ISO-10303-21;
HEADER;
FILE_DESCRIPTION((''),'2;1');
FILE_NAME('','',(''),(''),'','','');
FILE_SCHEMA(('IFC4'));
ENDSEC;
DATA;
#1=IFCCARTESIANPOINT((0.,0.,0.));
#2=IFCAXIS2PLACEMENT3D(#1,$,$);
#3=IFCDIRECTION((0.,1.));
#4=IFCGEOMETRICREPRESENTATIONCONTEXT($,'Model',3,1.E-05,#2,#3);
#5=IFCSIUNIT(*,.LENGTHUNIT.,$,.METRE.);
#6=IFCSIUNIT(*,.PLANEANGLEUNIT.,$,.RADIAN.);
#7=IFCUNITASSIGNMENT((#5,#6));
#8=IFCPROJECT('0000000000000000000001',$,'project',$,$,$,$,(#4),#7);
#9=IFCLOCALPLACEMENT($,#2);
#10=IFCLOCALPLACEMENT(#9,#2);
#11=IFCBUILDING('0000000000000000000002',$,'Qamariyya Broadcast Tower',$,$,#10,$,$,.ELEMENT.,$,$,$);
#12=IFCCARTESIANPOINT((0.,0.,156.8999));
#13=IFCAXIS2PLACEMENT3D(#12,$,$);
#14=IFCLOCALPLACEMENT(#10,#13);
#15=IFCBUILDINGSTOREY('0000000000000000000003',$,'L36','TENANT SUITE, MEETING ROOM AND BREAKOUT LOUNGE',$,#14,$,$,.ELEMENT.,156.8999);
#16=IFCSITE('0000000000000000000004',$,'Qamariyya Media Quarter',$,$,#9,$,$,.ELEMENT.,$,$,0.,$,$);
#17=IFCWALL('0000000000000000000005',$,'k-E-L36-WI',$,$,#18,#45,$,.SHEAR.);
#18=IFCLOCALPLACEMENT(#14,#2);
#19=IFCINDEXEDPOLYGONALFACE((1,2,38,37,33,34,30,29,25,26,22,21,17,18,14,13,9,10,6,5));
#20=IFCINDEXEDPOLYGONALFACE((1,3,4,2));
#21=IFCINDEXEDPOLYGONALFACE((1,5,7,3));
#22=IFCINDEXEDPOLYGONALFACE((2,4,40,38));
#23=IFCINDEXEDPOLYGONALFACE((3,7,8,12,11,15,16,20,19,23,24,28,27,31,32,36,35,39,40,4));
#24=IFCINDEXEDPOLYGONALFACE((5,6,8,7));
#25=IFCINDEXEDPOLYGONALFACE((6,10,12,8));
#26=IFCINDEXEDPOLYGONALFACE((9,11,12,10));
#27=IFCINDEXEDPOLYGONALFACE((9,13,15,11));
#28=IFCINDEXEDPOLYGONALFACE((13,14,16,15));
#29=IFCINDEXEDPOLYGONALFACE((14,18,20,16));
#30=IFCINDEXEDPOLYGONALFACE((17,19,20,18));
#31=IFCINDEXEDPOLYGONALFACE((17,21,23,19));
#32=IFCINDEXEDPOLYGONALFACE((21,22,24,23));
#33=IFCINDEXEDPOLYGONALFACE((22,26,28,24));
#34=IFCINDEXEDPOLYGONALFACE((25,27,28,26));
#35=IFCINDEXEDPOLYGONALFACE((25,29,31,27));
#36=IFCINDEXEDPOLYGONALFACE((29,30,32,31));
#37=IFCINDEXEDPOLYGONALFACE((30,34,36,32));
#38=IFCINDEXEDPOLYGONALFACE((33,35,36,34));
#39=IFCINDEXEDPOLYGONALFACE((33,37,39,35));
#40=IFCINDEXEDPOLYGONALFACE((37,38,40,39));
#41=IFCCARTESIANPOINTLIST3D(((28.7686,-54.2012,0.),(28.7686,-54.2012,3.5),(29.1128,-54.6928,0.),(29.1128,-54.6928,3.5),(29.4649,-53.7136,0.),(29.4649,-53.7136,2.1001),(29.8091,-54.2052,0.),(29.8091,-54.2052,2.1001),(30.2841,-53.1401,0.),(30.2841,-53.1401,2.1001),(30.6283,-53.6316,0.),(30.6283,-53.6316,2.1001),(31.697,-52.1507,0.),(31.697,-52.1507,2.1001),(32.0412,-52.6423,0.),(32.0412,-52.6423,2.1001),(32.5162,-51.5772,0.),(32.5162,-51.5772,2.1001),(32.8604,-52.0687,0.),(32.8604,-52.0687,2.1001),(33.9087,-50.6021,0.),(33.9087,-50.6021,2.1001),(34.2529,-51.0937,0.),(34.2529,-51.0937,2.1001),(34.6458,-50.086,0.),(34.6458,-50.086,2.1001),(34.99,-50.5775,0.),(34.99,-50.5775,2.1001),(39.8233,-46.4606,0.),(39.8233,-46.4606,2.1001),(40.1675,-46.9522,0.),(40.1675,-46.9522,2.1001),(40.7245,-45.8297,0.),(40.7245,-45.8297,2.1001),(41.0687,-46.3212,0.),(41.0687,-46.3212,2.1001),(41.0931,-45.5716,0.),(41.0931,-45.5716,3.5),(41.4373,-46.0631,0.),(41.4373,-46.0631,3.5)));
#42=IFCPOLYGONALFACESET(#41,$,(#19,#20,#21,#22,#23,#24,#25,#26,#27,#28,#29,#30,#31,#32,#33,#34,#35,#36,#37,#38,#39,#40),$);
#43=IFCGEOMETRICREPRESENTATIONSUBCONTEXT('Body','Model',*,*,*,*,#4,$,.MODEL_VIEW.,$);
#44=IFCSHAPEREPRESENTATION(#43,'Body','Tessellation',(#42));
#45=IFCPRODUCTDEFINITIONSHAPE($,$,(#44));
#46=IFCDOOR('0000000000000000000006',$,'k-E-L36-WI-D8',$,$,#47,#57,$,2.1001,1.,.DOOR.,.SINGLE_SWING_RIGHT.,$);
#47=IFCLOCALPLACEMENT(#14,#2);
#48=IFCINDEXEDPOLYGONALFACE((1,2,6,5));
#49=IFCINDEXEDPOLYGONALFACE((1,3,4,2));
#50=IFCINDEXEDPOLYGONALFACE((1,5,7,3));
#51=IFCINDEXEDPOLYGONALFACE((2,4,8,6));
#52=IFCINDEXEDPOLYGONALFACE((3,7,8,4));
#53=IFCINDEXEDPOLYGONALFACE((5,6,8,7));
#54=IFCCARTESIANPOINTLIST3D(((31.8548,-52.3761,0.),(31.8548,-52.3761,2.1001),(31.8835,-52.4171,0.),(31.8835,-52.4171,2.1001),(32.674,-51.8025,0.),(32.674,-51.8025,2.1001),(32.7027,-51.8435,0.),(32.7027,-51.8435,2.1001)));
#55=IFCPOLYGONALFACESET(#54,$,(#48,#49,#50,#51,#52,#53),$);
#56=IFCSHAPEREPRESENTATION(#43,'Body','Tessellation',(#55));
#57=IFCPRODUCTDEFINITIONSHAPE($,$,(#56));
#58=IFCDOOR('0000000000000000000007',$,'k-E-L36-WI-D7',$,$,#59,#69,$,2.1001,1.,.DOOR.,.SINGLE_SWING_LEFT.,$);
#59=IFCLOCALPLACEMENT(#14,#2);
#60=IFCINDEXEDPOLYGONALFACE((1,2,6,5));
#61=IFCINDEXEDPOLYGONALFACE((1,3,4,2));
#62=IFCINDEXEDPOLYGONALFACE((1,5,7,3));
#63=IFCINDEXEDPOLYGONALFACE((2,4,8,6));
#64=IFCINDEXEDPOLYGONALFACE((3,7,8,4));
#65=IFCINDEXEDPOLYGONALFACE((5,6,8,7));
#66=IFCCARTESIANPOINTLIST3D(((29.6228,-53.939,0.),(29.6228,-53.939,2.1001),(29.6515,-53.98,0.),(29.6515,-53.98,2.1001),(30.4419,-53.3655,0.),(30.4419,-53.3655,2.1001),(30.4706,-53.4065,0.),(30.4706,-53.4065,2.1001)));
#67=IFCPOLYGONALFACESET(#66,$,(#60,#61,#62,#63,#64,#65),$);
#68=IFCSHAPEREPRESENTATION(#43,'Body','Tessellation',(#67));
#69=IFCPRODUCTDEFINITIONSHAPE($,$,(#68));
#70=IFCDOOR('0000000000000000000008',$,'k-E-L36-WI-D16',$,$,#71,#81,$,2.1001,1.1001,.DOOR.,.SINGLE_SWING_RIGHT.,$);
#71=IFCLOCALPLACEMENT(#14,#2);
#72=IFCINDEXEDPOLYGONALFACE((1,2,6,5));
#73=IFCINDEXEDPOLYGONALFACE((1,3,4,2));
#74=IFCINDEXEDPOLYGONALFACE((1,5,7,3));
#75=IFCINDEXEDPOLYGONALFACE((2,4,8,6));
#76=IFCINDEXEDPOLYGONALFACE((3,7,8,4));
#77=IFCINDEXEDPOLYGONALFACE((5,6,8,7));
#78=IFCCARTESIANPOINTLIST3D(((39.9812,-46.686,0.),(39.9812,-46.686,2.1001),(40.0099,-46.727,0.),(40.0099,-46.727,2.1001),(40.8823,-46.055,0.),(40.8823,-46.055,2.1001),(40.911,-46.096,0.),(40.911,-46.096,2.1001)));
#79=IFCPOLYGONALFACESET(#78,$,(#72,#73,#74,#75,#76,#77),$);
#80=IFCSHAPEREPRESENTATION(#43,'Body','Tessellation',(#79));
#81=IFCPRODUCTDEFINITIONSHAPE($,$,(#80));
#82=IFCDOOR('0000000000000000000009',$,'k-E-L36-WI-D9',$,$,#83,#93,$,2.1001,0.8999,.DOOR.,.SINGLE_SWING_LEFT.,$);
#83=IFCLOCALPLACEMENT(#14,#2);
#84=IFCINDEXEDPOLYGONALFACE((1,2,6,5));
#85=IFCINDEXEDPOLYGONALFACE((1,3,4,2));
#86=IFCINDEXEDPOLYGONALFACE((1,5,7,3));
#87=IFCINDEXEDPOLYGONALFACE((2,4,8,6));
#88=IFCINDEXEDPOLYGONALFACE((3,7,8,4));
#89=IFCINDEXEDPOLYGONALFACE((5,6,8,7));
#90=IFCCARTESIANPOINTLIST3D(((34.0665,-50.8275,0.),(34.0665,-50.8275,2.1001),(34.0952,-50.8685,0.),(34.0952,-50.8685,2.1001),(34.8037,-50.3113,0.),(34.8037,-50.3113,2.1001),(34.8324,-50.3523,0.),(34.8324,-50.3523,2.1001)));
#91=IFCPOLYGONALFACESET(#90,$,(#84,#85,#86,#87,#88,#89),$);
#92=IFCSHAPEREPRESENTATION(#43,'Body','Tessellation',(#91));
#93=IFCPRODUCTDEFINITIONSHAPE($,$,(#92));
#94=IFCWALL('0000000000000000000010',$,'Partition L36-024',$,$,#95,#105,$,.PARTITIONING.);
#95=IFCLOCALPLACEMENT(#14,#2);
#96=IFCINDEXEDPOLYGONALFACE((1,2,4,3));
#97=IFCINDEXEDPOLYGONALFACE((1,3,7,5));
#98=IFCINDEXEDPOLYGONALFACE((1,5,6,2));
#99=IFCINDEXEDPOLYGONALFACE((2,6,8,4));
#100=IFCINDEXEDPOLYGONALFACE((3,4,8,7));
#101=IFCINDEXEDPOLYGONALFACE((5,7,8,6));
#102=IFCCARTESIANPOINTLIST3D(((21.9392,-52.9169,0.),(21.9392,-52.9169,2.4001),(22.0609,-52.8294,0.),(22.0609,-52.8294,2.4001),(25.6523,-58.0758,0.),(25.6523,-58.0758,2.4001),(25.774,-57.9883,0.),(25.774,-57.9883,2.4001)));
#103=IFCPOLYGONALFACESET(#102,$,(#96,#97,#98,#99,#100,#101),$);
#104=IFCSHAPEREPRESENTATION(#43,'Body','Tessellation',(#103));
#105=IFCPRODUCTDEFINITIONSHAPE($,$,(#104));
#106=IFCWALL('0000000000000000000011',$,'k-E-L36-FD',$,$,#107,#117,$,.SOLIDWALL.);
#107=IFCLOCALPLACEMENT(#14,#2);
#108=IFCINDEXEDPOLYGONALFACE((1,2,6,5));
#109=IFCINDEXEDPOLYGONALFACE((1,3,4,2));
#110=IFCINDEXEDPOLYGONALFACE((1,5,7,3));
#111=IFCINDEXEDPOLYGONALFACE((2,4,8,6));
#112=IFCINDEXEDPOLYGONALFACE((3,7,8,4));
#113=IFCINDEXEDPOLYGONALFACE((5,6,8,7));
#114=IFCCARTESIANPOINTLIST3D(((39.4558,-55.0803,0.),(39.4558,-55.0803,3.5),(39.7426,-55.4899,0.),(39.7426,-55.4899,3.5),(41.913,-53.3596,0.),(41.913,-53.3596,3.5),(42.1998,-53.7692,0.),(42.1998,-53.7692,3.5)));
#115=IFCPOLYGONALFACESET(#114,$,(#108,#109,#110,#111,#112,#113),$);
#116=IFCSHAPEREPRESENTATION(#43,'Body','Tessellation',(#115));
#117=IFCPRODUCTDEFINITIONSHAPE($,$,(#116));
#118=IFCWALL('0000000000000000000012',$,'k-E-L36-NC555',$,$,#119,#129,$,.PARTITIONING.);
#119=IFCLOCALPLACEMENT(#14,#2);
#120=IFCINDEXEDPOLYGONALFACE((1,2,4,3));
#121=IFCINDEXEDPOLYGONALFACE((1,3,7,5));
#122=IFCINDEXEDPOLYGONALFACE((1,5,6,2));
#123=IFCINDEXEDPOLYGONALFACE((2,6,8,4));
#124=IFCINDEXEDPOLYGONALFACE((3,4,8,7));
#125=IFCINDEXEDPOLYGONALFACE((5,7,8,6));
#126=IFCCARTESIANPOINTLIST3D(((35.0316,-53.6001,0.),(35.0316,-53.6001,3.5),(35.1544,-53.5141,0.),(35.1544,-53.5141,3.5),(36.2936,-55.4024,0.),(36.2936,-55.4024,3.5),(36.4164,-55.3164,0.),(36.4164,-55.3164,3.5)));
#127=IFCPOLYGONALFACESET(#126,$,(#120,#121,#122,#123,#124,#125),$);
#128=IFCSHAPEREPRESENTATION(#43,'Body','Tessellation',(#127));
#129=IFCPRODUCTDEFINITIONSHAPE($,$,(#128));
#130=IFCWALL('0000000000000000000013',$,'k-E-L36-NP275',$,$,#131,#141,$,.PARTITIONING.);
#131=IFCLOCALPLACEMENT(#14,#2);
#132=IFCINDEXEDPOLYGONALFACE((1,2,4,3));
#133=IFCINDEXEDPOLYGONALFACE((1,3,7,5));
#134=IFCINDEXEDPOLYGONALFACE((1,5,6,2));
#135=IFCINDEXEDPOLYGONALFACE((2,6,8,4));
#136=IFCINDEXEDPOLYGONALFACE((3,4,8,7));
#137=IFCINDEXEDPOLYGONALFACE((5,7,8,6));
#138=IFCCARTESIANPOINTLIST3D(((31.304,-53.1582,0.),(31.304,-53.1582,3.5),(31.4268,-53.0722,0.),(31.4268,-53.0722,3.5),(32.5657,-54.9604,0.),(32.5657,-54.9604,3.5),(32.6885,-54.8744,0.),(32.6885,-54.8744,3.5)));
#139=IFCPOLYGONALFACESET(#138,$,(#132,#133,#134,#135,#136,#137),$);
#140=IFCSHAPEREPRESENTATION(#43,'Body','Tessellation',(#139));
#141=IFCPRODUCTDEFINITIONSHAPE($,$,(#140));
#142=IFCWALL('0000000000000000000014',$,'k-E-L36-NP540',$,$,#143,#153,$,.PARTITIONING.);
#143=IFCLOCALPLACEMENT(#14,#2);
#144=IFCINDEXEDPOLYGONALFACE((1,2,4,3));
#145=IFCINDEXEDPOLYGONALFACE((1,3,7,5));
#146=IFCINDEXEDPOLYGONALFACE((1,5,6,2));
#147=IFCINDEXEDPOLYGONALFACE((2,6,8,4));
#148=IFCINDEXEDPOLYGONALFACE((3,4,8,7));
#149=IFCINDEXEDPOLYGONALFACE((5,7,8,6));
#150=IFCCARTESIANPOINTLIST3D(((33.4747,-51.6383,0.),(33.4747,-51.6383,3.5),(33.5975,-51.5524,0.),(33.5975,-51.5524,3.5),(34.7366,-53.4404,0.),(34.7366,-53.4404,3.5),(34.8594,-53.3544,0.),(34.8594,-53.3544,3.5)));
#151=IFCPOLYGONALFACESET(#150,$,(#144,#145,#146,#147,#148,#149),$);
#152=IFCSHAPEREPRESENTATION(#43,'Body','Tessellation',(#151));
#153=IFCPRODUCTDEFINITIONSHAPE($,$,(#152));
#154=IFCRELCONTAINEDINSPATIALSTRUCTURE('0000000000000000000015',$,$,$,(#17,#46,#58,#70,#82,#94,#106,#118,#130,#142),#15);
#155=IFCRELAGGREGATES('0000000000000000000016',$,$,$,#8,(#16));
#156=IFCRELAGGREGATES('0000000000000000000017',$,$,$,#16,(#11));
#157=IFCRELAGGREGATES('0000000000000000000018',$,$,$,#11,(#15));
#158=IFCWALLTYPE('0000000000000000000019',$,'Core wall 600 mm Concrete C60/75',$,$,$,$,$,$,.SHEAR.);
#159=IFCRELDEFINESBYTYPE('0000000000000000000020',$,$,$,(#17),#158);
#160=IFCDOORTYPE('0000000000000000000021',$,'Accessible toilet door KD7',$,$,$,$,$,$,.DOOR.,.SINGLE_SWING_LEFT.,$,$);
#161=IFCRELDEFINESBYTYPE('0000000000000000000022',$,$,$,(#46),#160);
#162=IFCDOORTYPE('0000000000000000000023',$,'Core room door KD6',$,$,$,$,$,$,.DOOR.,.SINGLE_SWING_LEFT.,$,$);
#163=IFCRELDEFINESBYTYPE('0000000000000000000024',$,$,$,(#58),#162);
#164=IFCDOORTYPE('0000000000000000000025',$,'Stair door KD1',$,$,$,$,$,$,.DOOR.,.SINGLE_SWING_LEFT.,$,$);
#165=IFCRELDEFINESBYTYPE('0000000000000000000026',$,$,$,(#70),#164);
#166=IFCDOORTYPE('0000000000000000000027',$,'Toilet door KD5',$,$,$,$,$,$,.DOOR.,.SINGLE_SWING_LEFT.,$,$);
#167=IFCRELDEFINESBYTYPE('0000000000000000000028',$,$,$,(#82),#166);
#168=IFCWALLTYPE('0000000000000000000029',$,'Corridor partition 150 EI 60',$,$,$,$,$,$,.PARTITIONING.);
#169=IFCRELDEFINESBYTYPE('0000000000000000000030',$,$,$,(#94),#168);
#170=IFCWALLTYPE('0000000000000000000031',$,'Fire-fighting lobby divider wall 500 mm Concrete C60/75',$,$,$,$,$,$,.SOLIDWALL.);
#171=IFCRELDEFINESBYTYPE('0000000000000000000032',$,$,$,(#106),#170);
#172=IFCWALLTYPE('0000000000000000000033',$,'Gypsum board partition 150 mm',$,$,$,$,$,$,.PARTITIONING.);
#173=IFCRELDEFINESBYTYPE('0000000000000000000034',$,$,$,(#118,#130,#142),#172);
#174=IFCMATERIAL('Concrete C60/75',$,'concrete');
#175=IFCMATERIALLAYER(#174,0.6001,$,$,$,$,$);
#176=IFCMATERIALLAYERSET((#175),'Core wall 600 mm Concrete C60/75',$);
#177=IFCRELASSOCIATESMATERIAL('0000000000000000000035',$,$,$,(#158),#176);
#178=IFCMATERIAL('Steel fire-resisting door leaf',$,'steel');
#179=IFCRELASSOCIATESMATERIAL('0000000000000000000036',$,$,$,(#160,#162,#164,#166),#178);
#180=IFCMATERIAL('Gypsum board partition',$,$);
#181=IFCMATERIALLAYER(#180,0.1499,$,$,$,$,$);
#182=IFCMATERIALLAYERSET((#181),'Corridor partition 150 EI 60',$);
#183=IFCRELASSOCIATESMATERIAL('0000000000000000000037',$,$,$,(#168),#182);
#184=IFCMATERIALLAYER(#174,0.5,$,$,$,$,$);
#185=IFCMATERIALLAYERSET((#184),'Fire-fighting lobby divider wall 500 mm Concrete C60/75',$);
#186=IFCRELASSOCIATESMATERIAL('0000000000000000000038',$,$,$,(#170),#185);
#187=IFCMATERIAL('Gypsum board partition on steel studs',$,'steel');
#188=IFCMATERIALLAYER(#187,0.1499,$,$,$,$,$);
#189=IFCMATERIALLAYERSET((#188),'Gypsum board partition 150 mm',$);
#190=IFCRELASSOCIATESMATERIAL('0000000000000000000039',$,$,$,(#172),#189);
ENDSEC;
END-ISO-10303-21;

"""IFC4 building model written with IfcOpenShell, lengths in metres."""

from ifc_helpers import new_model, si_unit, direction, frame, frame_2d, origin, place, context, subcontext, project, spatial, rectangle, extrude, material, layer, layer_set, type_object, element, fill, save


model = new_model("IFC4")

# Units and contexts
model_context = context("Model", 3, precision=1e-05, world=origin(), true_north=direction((0.0, 1.0)))
body_context = subcontext(model_context, "Body", "Model", "MODEL_VIEW")
ifc_project = project(units=[si_unit("LENGTHUNIT", "METRE"), si_unit("PLANEANGLEUNIT", "RADIAN")], contexts=[model_context])

# Site, building, storey
site_placement = place(None, origin())
site = spatial("IfcSite", under=ifc_project, at=site_placement, Name="Qamariyya Media Quarter", CompositionType="ELEMENT", RefElevation=0.0)
building_placement = place(site_placement, origin())
building = spatial("IfcBuilding", under=site, at=building_placement, Name="Qamariyya Broadcast Tower", CompositionType="ELEMENT")
storey_placement = place(building_placement, frame((0.0, 0.0, 156.8999)))
storey = spatial("IfcBuildingStorey", under=building, at=storey_placement, Name="L36", Description="TENANT SUITE, MEETING ROOM AND BREAKOUT LOUNGE", CompositionType="ELEMENT", Elevation=156.8999)

# Shared definitions
ifc_material_1 = material(Name="Concrete C60/75", Category="concrete")

# Wall, openings, doors
ifc_layer_1 = layer(ifc_material_1, 0.6001)
ifc_layer_set_1 = layer_set([ifc_layer_1], Name="Core wall 600 mm Concrete C60/75")
wall_type_1 = type_object("IfcWallType", Name="Core wall 600 mm Concrete C60/75", PredefinedType="SHEAR", material=ifc_layer_set_1)
wall_1_placement = place(storey_placement, frame((28.9407, -54.447, 0.0), z_axis=(0.0, 0.0, 1.0), x_axis=(0.819153, 0.573575, 0.0)))
wall_1 = element("IfcWall", 1, at=wall_1_placement, inside=storey, type_object=wall_type_1, Name="k-E-L36-WI", PredefinedType="SHEAR", context=body_context, shape_type="SweptSolid", body=[
    extrude(rectangle(XDim=15.0454, YDim=0.6001, at=frame_2d((7.5227, 0.0))), origin(), (0.0, 0.0, 1.0), 3.5),
])
opening_1_placement = place(wall_1_placement, frame((0.8501, 0.0, 0.0)))
opening_1 = element("IfcOpeningElement", 2, at=opening_1_placement, cuts=wall_1, PredefinedType="OPENING", context=body_context, shape_type="SweptSolid", body=[
    extrude(rectangle(XDim=1.0, YDim=2.1001, at=frame_2d((0.5, 1.05))), frame((0.0, 0.3101, 0.0), z_axis=(0.0, -1.0, 0.0), x_axis=(1.0, 0.0, 0.0)), (0.0, 0.0, 1.0), 0.6201),
])
opening_2_placement = place(wall_1_placement, frame((3.575, 0.0, 0.0)))
opening_2 = element("IfcOpeningElement", 3, at=opening_2_placement, cuts=wall_1, PredefinedType="OPENING", context=body_context, shape_type="SweptSolid", body=[
    extrude(rectangle(XDim=1.0, YDim=2.1001, at=frame_2d((0.5, 1.05))), frame((0.0, 0.3101, 0.0), z_axis=(0.0, -1.0, 0.0), x_axis=(1.0, 0.0, 0.0)), (0.0, 0.0, 1.0), 0.6201),
])
opening_3_placement = place(wall_1_placement, frame((6.2749, 0.0, 0.0)))
opening_3 = element("IfcOpeningElement", 4, at=opening_3_placement, cuts=wall_1, PredefinedType="OPENING", context=body_context, shape_type="SweptSolid", body=[
    extrude(rectangle(XDim=0.8999, YDim=2.1001, at=frame_2d((0.45, 1.05))), frame((0.0, 0.3101, 0.0), z_axis=(0.0, -1.0, 0.0), x_axis=(1.0, 0.0, 0.0)), (0.0, 0.0, 1.0), 0.6201),
])
opening_4_placement = place(wall_1_placement, frame((13.4954, 0.0, 0.0)))
opening_4 = element("IfcOpeningElement", 5, at=opening_4_placement, cuts=wall_1, PredefinedType="OPENING", context=body_context, shape_type="SweptSolid", body=[
    extrude(rectangle(XDim=1.1001, YDim=2.1001, at=frame_2d((0.55, 1.05))), frame((0.0, 0.3101, 0.0), z_axis=(0.0, -1.0, 0.0), x_axis=(1.0, 0.0, 0.0)), (0.0, 0.0, 1.0), 0.6201),
])
ifc_material_2 = material(Name="Steel fire-resisting door leaf", Category="steel")
door_type_1 = type_object("IfcDoorType", Name="Accessible toilet door KD7", OperationType="SINGLE_SWING_LEFT", PredefinedType="DOOR", material=ifc_material_2)
door_1_placement = place(opening_2_placement, origin())
door_1 = element("IfcDoor", 6, at=door_1_placement, inside=storey, type_object=door_type_1, Name="k-E-L36-WI-D8", OperationType="SINGLE_SWING_RIGHT", OverallHeight=2.1001, OverallWidth=1.0, PredefinedType="DOOR", context=body_context, shape_type="SweptSolid", body=[
    extrude(rectangle(XDim=1.0, YDim=2.1001, at=frame_2d((0.5, 1.05))), frame((0.0, 0.0249, 0.0), z_axis=(0.0, -1.0, 0.0), x_axis=(1.0, 0.0, 0.0)), (0.0, 0.0, 1.0), 0.05),
])
fill(opening_2, door_1)
door_type_2 = type_object("IfcDoorType", Name="Core room door KD6", OperationType="SINGLE_SWING_LEFT", PredefinedType="DOOR", material=ifc_material_2)
door_2_placement = place(opening_1_placement, origin())
door_2 = element("IfcDoor", 7, at=door_2_placement, inside=storey, type_object=door_type_2, Name="k-E-L36-WI-D7", OperationType="SINGLE_SWING_LEFT", OverallHeight=2.1001, OverallWidth=1.0, PredefinedType="DOOR", context=body_context, shape_type="SweptSolid", body=[
    extrude(rectangle(XDim=1.0, YDim=2.1001, at=frame_2d((0.5, 1.05))), frame((0.0, 0.0249, 0.0), z_axis=(0.0, -1.0, 0.0), x_axis=(1.0, 0.0, 0.0)), (0.0, 0.0, 1.0), 0.05),
])
fill(opening_1, door_2)
door_type_3 = type_object("IfcDoorType", Name="Stair door KD1", OperationType="SINGLE_SWING_LEFT", PredefinedType="DOOR", material=ifc_material_2)
door_3_placement = place(opening_4_placement, origin())
door_3 = element("IfcDoor", 8, at=door_3_placement, inside=storey, type_object=door_type_3, Name="k-E-L36-WI-D16", OperationType="SINGLE_SWING_RIGHT", OverallHeight=2.1001, OverallWidth=1.1001, PredefinedType="DOOR", context=body_context, shape_type="SweptSolid", body=[
    extrude(rectangle(XDim=1.1001, YDim=2.1001, at=frame_2d((0.55, 1.05))), frame((0.0, 0.0249, 0.0), z_axis=(0.0, -1.0, 0.0), x_axis=(1.0, 0.0, 0.0)), (0.0, 0.0, 1.0), 0.05),
])
fill(opening_4, door_3)
door_type_4 = type_object("IfcDoorType", Name="Toilet door KD5", OperationType="SINGLE_SWING_LEFT", PredefinedType="DOOR", material=ifc_material_2)
door_4_placement = place(opening_3_placement, origin())
door_4 = element("IfcDoor", 9, at=door_4_placement, inside=storey, type_object=door_type_4, Name="k-E-L36-WI-D9", OperationType="SINGLE_SWING_LEFT", OverallHeight=2.1001, OverallWidth=0.8999, PredefinedType="DOOR", context=body_context, shape_type="SweptSolid", body=[
    extrude(rectangle(XDim=0.8999, YDim=2.1001, at=frame_2d((0.45, 1.05))), frame((0.0, 0.0249, 0.0), z_axis=(0.0, -1.0, 0.0), x_axis=(1.0, 0.0, 0.0)), (0.0, 0.0, 1.0), 0.05),
])
fill(opening_3, door_4)

# Walls
ifc_material_3 = material(Name="Gypsum board partition")
ifc_layer_2 = layer(ifc_material_3, 0.1499)
ifc_layer_set_2 = layer_set([ifc_layer_2], Name="Corridor partition 150 EI 60")
wall_type_2 = type_object("IfcWallType", Name="Corridor partition 150 EI 60", PredefinedType="PARTITIONING", material=ifc_layer_set_2)
wall_2_placement = place(storey_placement, frame((22.0, -52.873, 0.0), z_axis=(0.0, 0.0, 1.0), x_axis=(0.58417, -0.811631, 0.0)))
element("IfcWall", 10, at=wall_2_placement, inside=storey, type_object=wall_type_2, Name="Partition L36-024", PredefinedType="PARTITIONING", context=body_context, shape_type="SweptSolid", body=[
    extrude(rectangle(XDim=6.3562, YDim=0.1499, at=frame_2d((3.1782, 0.0))), origin(), (0.0, 0.0, 1.0), 2.4001),
])
ifc_layer_3 = layer(ifc_material_1, 0.5)
ifc_layer_set_3 = layer_set([ifc_layer_3], Name="Fire-fighting lobby divider wall 500 mm Concrete C60/75")
wall_type_3 = type_object("IfcWallType", Name="Fire-fighting lobby divider wall 500 mm Concrete C60/75", PredefinedType="SOLIDWALL", material=ifc_layer_set_3)
wall_3_placement = place(storey_placement, frame((39.5991, -55.2852, 0.0), z_axis=(0.0, 0.0, 1.0), x_axis=(0.819136, 0.573599, 0.0)))
element("IfcWall", 11, at=wall_3_placement, inside=storey, type_object=wall_type_3, Name="k-E-L36-FD", PredefinedType="SOLIDWALL", context=body_context, shape_type="SweptSolid", body=[
    extrude(rectangle(XDim=2.9998, YDim=0.5, at=frame_2d((1.5, 0.0))), origin(), (0.0, 0.0, 1.0), 3.5),
])
ifc_material_4 = material(Name="Gypsum board partition on steel studs", Category="steel")
ifc_layer_4 = layer(ifc_material_4, 0.1499)
ifc_layer_set_4 = layer_set([ifc_layer_4], Name="Gypsum board partition 150 mm")
wall_type_4 = type_object("IfcWallType", Name="Gypsum board partition 150 mm", PredefinedType="PARTITIONING", material=ifc_layer_set_4)
wall_4_placement = place(storey_placement, frame((36.355, -55.3594, 0.0), z_axis=(0.0, 0.0, 1.0), x_axis=(-0.573581, 0.819149, 0.0)))
element("IfcWall", 12, at=wall_4_placement, inside=storey, type_object=wall_type_4, Name="k-E-L36-NC555", PredefinedType="PARTITIONING", context=body_context, shape_type="SweptSolid", body=[
    extrude(rectangle(XDim=2.2002, YDim=0.1499, at=frame_2d((1.1001, 0.0))), origin(), (0.0, 0.0, 1.0), 3.5),
])
for number, where, z_axis, x_axis, name in (
    (13, (32.6272, -54.9175, 0.0), (0.0, 0.0, 1.0), (-0.573507, 0.819201, 0.0), "k-E-L36-NP275"),
    (14, (34.7981, -53.3975, 0.0), (0.0, 0.0, 1.0), (-0.573634, 0.819112, 0.0), "k-E-L36-NP540"),
):
    element("IfcWall", number, at=place(storey_placement, frame(where, z_axis=z_axis, x_axis=x_axis)), inside=storey, type_object=wall_type_4, Name=name, PredefinedType="PARTITIONING", context=body_context, shape_type="SweptSolid", body=[
        extrude(rectangle(XDim=2.2, YDim=0.1499, at=frame_2d((1.1001, 0.0))), origin(), (0.0, 0.0, 1.0), 3.5),
    ])

save(model, "model.ifc")
